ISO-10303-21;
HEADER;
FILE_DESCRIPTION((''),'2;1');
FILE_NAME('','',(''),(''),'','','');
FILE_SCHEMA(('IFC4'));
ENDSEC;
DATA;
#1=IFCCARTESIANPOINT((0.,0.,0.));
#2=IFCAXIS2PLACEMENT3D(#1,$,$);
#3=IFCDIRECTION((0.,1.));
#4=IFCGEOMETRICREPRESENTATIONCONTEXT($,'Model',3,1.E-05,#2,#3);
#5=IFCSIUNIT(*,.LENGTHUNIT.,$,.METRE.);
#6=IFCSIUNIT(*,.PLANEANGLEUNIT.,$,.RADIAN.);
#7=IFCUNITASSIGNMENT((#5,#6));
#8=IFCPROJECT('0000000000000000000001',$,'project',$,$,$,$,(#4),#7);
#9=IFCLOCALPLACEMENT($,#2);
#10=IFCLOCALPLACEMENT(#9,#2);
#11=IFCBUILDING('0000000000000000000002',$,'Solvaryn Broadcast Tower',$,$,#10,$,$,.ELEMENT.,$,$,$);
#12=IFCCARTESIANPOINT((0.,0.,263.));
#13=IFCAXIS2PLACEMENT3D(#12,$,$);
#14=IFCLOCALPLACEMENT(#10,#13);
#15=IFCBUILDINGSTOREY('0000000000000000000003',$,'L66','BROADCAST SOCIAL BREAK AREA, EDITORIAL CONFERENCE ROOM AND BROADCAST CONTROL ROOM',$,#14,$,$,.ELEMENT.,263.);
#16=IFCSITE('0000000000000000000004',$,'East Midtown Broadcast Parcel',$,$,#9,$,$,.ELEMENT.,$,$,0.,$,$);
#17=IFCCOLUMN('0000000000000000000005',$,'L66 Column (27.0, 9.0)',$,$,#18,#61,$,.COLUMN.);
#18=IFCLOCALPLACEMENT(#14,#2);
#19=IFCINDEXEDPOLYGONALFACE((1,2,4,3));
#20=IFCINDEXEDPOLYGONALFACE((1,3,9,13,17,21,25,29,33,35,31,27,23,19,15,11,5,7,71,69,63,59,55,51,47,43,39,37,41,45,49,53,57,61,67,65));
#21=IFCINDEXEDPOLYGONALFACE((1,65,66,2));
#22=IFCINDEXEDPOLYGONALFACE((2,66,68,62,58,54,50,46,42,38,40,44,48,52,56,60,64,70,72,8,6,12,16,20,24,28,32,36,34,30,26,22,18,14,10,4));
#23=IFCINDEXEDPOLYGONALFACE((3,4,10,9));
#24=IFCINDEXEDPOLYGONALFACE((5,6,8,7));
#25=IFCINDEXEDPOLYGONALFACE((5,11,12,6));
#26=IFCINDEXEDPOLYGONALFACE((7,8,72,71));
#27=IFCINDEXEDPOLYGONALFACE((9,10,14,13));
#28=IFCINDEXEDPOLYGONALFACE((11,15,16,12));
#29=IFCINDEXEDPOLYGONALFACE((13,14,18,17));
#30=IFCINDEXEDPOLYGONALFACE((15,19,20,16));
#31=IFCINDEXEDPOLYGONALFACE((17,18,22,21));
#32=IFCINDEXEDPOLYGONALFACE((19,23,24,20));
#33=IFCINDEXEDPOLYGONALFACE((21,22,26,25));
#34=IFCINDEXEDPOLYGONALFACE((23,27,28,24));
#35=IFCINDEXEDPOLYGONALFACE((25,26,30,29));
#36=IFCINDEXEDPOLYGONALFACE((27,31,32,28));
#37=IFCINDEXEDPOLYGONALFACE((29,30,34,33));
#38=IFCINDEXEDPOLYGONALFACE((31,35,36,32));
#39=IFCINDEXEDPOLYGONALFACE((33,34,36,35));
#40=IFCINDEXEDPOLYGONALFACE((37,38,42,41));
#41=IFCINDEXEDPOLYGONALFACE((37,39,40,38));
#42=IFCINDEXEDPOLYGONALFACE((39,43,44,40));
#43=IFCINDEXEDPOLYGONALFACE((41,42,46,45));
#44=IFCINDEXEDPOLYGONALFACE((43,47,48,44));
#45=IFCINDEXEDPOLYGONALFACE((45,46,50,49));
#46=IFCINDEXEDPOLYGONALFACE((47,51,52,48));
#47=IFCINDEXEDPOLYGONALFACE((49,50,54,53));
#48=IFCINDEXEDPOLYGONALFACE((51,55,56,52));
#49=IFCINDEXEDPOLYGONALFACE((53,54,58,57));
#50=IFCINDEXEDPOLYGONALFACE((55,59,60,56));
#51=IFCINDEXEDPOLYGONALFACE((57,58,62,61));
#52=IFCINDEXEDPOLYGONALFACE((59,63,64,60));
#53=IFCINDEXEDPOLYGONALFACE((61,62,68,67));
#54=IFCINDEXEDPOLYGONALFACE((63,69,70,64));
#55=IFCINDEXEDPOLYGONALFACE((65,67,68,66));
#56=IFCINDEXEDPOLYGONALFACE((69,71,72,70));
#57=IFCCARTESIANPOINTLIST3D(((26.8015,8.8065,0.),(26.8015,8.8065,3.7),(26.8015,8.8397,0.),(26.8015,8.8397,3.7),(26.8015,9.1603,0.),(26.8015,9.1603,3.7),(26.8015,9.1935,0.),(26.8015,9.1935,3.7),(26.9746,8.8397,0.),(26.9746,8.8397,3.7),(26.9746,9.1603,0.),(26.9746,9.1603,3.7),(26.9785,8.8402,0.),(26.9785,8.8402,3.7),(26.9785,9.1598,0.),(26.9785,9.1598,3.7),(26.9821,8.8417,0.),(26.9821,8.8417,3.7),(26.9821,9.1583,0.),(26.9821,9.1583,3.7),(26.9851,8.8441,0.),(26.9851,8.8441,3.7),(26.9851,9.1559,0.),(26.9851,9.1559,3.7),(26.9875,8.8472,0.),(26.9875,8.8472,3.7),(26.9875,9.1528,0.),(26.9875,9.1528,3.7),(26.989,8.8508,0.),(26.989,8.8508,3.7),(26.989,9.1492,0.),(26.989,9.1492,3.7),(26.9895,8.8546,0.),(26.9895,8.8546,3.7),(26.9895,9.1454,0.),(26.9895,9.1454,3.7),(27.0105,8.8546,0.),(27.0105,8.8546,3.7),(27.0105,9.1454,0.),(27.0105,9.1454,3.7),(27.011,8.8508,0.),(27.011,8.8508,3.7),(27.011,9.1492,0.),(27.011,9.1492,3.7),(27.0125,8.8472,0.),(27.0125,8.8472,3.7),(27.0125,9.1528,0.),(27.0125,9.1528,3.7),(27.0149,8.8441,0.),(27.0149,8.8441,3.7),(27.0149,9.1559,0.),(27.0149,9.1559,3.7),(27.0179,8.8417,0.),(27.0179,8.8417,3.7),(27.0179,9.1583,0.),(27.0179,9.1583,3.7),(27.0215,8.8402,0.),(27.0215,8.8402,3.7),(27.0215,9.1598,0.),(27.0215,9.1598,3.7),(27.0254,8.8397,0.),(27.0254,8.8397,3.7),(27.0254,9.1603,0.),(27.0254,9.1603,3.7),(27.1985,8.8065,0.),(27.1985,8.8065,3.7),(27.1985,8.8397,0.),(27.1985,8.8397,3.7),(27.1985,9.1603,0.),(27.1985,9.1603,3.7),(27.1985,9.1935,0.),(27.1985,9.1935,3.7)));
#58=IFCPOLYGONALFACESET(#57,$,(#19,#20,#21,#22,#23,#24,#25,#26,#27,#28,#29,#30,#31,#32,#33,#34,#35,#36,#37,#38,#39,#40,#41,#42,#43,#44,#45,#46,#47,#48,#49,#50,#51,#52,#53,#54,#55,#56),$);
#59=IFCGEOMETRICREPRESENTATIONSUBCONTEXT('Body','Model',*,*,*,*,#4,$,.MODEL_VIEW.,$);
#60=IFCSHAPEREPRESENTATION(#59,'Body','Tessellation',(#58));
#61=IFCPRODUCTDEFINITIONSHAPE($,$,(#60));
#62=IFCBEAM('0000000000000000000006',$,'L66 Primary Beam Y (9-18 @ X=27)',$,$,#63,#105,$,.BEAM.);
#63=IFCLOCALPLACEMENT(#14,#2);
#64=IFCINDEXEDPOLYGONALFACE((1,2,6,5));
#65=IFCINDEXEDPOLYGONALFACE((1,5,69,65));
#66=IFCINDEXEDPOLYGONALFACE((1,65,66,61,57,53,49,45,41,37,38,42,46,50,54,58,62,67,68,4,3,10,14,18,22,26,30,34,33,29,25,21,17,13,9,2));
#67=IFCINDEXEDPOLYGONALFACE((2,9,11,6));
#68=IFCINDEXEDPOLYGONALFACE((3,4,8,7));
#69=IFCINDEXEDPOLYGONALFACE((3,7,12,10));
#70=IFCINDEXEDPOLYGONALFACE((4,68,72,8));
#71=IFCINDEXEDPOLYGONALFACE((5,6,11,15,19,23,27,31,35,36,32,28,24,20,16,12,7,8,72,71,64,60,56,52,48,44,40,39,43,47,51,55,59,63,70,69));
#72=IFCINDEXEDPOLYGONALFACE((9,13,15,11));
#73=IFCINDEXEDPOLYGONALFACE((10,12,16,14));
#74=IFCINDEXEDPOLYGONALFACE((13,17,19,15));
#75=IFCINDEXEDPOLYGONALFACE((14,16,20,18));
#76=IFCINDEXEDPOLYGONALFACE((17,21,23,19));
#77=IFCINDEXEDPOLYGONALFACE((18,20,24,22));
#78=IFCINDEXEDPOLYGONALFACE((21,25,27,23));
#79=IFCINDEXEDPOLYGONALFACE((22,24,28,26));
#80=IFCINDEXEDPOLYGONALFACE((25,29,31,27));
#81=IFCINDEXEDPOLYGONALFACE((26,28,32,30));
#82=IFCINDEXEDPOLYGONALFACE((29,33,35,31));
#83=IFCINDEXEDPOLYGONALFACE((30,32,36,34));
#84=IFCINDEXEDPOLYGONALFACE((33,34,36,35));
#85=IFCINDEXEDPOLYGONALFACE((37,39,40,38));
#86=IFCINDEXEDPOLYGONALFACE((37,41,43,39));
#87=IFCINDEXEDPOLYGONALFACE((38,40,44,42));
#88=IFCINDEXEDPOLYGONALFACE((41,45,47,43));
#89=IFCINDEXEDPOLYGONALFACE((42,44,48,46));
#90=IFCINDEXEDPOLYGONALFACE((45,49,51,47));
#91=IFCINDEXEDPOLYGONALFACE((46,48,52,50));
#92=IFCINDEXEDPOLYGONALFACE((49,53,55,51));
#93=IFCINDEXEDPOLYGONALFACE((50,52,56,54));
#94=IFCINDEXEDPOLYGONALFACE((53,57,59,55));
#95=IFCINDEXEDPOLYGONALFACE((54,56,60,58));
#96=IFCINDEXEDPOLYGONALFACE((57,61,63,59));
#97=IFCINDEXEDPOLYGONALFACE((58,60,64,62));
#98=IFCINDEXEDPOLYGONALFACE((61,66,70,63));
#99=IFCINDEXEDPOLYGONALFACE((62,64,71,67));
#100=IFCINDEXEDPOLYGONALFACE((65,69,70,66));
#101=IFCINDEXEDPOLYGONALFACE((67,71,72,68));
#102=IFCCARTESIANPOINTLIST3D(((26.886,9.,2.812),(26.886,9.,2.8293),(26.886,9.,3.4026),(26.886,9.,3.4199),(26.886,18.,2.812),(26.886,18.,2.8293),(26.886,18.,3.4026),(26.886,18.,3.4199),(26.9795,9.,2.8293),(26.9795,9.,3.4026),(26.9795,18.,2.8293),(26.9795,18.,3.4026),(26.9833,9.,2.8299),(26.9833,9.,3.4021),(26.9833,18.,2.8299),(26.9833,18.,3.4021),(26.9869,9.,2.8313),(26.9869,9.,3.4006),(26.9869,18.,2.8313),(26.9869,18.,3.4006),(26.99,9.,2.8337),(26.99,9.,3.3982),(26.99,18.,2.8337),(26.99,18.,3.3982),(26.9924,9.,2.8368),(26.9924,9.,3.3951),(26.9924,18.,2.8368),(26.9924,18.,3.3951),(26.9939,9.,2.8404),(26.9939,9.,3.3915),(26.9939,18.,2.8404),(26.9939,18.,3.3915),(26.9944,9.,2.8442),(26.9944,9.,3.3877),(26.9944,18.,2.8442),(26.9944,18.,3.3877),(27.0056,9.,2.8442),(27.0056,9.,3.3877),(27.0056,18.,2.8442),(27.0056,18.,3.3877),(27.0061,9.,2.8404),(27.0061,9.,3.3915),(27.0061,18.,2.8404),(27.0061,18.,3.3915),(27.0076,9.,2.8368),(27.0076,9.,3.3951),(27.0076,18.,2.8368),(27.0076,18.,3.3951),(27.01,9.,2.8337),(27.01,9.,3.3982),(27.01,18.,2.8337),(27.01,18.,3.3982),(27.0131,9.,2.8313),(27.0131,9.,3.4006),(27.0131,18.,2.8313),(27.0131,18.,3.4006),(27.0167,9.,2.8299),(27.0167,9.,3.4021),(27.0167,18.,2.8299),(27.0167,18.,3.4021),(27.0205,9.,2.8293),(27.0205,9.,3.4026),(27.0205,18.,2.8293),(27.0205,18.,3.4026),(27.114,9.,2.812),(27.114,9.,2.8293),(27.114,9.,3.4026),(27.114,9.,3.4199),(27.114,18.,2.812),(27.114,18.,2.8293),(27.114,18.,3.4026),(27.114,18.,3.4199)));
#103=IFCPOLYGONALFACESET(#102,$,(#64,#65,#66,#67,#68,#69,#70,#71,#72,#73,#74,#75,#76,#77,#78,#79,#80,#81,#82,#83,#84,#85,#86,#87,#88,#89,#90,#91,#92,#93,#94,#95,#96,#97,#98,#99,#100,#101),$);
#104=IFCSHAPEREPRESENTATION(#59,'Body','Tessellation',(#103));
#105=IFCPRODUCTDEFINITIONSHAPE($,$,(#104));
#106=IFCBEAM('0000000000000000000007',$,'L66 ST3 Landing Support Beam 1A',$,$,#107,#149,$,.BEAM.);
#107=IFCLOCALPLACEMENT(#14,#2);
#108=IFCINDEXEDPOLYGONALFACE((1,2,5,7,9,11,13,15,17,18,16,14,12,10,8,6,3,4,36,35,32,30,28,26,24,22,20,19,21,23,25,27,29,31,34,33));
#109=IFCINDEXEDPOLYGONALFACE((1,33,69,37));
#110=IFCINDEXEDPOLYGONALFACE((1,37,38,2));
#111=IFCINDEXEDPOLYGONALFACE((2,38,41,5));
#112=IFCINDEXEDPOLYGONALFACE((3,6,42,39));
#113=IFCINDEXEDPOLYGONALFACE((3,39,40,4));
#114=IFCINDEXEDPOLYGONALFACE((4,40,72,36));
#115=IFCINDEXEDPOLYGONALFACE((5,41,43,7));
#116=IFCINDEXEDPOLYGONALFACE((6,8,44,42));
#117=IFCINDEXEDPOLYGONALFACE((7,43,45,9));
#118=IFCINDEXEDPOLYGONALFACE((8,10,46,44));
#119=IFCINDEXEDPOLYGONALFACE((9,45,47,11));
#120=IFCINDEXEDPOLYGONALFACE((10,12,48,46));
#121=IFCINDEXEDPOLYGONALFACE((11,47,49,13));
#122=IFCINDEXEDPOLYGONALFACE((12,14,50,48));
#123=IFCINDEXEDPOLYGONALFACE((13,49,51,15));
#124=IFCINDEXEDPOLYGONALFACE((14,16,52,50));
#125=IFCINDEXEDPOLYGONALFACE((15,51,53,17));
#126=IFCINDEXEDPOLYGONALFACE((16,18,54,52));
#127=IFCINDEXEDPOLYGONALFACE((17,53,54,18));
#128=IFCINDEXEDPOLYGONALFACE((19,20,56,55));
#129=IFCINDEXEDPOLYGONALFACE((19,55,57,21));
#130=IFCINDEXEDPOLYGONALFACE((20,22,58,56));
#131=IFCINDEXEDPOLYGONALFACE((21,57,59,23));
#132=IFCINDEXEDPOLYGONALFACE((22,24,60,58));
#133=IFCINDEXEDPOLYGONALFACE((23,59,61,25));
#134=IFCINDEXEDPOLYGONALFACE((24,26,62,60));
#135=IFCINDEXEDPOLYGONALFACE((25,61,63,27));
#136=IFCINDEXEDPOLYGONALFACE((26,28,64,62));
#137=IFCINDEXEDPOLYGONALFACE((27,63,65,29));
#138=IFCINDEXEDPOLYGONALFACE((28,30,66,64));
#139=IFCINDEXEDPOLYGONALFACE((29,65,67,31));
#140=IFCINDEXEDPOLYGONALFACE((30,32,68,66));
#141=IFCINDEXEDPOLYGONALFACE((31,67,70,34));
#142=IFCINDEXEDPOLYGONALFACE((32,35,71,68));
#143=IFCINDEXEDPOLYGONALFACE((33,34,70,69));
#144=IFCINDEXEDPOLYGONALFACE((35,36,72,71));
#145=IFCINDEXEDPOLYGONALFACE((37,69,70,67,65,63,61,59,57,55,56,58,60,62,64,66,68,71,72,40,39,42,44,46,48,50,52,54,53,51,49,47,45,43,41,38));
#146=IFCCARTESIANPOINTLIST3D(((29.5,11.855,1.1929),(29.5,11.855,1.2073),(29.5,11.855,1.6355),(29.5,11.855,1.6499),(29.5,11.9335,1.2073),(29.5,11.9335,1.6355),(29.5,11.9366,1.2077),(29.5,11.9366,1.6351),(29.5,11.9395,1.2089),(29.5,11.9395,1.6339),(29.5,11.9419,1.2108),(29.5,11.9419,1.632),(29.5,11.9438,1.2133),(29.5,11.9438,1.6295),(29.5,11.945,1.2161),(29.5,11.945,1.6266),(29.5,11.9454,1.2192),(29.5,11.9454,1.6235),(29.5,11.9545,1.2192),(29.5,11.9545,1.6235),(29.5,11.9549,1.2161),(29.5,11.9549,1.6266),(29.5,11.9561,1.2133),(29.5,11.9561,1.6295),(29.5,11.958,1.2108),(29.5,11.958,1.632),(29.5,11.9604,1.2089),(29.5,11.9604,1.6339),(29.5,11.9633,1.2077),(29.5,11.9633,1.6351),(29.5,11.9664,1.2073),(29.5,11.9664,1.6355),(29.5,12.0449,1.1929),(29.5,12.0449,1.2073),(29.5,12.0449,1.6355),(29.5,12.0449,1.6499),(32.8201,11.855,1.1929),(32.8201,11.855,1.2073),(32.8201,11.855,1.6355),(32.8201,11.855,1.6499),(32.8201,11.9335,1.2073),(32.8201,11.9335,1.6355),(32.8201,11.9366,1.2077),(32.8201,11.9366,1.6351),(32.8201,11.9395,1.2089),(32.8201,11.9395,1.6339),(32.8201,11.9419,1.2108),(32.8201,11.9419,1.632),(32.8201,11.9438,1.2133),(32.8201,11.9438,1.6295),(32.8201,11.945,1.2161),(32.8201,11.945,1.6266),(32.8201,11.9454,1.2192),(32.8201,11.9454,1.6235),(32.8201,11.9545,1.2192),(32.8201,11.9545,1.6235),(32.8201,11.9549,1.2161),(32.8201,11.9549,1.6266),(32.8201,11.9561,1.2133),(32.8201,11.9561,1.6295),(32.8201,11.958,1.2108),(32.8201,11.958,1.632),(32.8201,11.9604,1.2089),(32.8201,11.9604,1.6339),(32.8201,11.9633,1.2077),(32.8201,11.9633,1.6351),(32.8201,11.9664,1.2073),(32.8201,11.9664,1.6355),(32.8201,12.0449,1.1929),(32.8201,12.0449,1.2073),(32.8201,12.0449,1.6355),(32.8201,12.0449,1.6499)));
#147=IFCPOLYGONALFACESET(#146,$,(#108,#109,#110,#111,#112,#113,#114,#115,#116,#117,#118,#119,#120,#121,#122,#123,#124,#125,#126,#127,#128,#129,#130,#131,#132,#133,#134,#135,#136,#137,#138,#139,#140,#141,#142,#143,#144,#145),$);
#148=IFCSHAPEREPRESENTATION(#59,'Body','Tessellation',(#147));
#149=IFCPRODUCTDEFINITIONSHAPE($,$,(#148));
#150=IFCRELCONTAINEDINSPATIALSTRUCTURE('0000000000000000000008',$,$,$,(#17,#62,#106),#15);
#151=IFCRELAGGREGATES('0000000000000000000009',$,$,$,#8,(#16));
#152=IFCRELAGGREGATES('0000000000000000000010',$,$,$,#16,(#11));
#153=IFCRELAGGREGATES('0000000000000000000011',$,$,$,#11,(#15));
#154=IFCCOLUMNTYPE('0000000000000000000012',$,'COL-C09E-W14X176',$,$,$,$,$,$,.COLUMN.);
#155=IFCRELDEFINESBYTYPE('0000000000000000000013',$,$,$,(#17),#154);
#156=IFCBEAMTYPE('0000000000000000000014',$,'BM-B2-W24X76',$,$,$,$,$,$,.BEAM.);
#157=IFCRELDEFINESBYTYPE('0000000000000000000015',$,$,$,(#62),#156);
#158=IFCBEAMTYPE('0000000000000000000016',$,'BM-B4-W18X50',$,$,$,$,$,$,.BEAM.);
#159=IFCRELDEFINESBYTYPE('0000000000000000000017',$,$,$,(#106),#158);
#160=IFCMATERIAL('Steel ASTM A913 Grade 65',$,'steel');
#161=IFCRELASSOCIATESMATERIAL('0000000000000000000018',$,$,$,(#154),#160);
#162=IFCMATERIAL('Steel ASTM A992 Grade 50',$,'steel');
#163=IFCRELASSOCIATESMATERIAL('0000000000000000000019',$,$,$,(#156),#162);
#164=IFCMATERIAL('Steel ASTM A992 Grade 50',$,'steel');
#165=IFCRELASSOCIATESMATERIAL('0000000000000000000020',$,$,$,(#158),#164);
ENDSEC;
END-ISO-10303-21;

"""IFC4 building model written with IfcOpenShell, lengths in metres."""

from ifc_helpers import new_model, si_unit, direction, frame, origin, origin_2d, place, context, subcontext, project, spatial, i_section, extrude, material, material_profile, profile_set, type_object, element, save


model = new_model("IFC4")

# Units and contexts
model_context = context("Model", 3, precision=1e-05, world=origin(), true_north=direction((0.0, 1.0)))
body_context = subcontext(model_context, "Body", "Model", "MODEL_VIEW")
ifc_project = project(units=[si_unit("LENGTHUNIT", "METRE"), si_unit("PLANEANGLEUNIT", "RADIAN")], contexts=[model_context])

# Site, building, storey
site_placement = place(None, origin())
site = spatial("IfcSite", under=ifc_project, at=site_placement, Name="East Midtown Broadcast Parcel", CompositionType="ELEMENT", RefElevation=0.0)
building_placement = place(site_placement, origin())
building = spatial("IfcBuilding", under=site, at=building_placement, Name="Solvaryn Broadcast Tower", CompositionType="ELEMENT")
storey_placement = place(building_placement, frame((0.0, 0.0, 263.0)))
storey = spatial("IfcBuildingStorey", under=building, at=storey_placement, Name="L66", Description="BROADCAST SOCIAL BREAK AREA, EDITORIAL CONFERENCE ROOM AND BROADCAST CONTROL ROOM", CompositionType="ELEMENT", Elevation=263.0)

# Column
ifc_material_1 = material(Name="Steel ASTM A913 Grade 65", Category="steel")
ifc_material_profile_1 = material_profile(ifc_material_1, i_section(OverallWidth=0.397, OverallDepth=0.387, WebThickness=0.021, FlangeThickness=0.0332, FilletRadius=0.0149, at=origin_2d()))
ifc_profile_set_1 = profile_set([ifc_material_profile_1], Name="Steel ASTM A913 Grade 65")
column_type = type_object("IfcColumnType", Name="COL-C09E-W14X176", PredefinedType="COLUMN", material=ifc_profile_set_1)
column_placement = place(storey_placement, frame((27.0, 9.0, 0.0), z_axis=(0.0, 0.0, 1.0), x_axis=(1.0, 0.0, 0.0)))
element("IfcColumn", 1, at=column_placement, inside=storey, type_object=column_type, Name="L66 Column (27.0, 9.0)", PredefinedType="COLUMN", context=body_context, shape_type="SweptSolid", body=[
    extrude(i_section(OverallWidth=0.397, OverallDepth=0.387, WebThickness=0.021, FlangeThickness=0.0332, FilletRadius=0.0149, at=origin_2d()), origin(), (0.0, 0.0, 1.0), 3.7),
])

# Beams
ifc_material_2 = material(Name="Steel ASTM A992 Grade 50", Category="steel")
ifc_material_profile_2 = material_profile(ifc_material_2, i_section(OverallWidth=0.228, OverallDepth=0.6079, WebThickness=0.0112, FlangeThickness=0.0173, FilletRadius=0.0149, at=origin_2d()))
ifc_profile_set_2 = profile_set([ifc_material_profile_2], Name="Steel ASTM A992 Grade 50")
beam_type_1 = type_object("IfcBeamType", Name="BM-B2-W24X76", PredefinedType="BEAM", material=ifc_profile_set_2)
beam_1_placement = place(storey_placement, frame((27.0, 9.0, 3.116), z_axis=(0.0, 1.0, 0.0), x_axis=(-1.0, 0.0, 0.0)))
element("IfcBeam", 2, at=beam_1_placement, inside=storey, type_object=beam_type_1, Name="L66 Primary Beam Y (9-18 @ X=27)", PredefinedType="BEAM", context=body_context, shape_type="SweptSolid", body=[
    extrude(i_section(OverallWidth=0.228, OverallDepth=0.6079, WebThickness=0.0112, FlangeThickness=0.0173, FilletRadius=0.0149, at=origin_2d()), origin(), (0.0, 0.0, 1.0), 9.0),
])
ifc_material_3 = material(Name="Steel ASTM A992 Grade 50", Category="steel")
ifc_material_profile_3 = material_profile(ifc_material_3, i_section(OverallWidth=0.1899, OverallDepth=0.457, WebThickness=0.009, FlangeThickness=0.0144, FilletRadius=0.012, at=origin_2d()))
ifc_profile_set_3 = profile_set([ifc_material_profile_3], Name="Steel ASTM A992 Grade 50")
beam_type_2 = type_object("IfcBeamType", Name="BM-B4-W18X50", PredefinedType="BEAM", material=ifc_profile_set_3)
beam_2_placement = place(storey_placement, frame((29.5, 11.95, 1.4214), z_axis=(1.0, 0.0, 0.0), x_axis=(0.0, 1.0, 0.0)))
element("IfcBeam", 3, at=beam_2_placement, inside=storey, type_object=beam_type_2, Name="L66 ST3 Landing Support Beam 1A", PredefinedType="BEAM", context=body_context, shape_type="SweptSolid", body=[
    extrude(i_section(OverallWidth=0.1899, OverallDepth=0.457, WebThickness=0.009, FlangeThickness=0.0144, FilletRadius=0.012, at=origin_2d()), origin(), (0.0, 0.0, 1.0), 3.3201),
])

save(model, "model.ifc")
